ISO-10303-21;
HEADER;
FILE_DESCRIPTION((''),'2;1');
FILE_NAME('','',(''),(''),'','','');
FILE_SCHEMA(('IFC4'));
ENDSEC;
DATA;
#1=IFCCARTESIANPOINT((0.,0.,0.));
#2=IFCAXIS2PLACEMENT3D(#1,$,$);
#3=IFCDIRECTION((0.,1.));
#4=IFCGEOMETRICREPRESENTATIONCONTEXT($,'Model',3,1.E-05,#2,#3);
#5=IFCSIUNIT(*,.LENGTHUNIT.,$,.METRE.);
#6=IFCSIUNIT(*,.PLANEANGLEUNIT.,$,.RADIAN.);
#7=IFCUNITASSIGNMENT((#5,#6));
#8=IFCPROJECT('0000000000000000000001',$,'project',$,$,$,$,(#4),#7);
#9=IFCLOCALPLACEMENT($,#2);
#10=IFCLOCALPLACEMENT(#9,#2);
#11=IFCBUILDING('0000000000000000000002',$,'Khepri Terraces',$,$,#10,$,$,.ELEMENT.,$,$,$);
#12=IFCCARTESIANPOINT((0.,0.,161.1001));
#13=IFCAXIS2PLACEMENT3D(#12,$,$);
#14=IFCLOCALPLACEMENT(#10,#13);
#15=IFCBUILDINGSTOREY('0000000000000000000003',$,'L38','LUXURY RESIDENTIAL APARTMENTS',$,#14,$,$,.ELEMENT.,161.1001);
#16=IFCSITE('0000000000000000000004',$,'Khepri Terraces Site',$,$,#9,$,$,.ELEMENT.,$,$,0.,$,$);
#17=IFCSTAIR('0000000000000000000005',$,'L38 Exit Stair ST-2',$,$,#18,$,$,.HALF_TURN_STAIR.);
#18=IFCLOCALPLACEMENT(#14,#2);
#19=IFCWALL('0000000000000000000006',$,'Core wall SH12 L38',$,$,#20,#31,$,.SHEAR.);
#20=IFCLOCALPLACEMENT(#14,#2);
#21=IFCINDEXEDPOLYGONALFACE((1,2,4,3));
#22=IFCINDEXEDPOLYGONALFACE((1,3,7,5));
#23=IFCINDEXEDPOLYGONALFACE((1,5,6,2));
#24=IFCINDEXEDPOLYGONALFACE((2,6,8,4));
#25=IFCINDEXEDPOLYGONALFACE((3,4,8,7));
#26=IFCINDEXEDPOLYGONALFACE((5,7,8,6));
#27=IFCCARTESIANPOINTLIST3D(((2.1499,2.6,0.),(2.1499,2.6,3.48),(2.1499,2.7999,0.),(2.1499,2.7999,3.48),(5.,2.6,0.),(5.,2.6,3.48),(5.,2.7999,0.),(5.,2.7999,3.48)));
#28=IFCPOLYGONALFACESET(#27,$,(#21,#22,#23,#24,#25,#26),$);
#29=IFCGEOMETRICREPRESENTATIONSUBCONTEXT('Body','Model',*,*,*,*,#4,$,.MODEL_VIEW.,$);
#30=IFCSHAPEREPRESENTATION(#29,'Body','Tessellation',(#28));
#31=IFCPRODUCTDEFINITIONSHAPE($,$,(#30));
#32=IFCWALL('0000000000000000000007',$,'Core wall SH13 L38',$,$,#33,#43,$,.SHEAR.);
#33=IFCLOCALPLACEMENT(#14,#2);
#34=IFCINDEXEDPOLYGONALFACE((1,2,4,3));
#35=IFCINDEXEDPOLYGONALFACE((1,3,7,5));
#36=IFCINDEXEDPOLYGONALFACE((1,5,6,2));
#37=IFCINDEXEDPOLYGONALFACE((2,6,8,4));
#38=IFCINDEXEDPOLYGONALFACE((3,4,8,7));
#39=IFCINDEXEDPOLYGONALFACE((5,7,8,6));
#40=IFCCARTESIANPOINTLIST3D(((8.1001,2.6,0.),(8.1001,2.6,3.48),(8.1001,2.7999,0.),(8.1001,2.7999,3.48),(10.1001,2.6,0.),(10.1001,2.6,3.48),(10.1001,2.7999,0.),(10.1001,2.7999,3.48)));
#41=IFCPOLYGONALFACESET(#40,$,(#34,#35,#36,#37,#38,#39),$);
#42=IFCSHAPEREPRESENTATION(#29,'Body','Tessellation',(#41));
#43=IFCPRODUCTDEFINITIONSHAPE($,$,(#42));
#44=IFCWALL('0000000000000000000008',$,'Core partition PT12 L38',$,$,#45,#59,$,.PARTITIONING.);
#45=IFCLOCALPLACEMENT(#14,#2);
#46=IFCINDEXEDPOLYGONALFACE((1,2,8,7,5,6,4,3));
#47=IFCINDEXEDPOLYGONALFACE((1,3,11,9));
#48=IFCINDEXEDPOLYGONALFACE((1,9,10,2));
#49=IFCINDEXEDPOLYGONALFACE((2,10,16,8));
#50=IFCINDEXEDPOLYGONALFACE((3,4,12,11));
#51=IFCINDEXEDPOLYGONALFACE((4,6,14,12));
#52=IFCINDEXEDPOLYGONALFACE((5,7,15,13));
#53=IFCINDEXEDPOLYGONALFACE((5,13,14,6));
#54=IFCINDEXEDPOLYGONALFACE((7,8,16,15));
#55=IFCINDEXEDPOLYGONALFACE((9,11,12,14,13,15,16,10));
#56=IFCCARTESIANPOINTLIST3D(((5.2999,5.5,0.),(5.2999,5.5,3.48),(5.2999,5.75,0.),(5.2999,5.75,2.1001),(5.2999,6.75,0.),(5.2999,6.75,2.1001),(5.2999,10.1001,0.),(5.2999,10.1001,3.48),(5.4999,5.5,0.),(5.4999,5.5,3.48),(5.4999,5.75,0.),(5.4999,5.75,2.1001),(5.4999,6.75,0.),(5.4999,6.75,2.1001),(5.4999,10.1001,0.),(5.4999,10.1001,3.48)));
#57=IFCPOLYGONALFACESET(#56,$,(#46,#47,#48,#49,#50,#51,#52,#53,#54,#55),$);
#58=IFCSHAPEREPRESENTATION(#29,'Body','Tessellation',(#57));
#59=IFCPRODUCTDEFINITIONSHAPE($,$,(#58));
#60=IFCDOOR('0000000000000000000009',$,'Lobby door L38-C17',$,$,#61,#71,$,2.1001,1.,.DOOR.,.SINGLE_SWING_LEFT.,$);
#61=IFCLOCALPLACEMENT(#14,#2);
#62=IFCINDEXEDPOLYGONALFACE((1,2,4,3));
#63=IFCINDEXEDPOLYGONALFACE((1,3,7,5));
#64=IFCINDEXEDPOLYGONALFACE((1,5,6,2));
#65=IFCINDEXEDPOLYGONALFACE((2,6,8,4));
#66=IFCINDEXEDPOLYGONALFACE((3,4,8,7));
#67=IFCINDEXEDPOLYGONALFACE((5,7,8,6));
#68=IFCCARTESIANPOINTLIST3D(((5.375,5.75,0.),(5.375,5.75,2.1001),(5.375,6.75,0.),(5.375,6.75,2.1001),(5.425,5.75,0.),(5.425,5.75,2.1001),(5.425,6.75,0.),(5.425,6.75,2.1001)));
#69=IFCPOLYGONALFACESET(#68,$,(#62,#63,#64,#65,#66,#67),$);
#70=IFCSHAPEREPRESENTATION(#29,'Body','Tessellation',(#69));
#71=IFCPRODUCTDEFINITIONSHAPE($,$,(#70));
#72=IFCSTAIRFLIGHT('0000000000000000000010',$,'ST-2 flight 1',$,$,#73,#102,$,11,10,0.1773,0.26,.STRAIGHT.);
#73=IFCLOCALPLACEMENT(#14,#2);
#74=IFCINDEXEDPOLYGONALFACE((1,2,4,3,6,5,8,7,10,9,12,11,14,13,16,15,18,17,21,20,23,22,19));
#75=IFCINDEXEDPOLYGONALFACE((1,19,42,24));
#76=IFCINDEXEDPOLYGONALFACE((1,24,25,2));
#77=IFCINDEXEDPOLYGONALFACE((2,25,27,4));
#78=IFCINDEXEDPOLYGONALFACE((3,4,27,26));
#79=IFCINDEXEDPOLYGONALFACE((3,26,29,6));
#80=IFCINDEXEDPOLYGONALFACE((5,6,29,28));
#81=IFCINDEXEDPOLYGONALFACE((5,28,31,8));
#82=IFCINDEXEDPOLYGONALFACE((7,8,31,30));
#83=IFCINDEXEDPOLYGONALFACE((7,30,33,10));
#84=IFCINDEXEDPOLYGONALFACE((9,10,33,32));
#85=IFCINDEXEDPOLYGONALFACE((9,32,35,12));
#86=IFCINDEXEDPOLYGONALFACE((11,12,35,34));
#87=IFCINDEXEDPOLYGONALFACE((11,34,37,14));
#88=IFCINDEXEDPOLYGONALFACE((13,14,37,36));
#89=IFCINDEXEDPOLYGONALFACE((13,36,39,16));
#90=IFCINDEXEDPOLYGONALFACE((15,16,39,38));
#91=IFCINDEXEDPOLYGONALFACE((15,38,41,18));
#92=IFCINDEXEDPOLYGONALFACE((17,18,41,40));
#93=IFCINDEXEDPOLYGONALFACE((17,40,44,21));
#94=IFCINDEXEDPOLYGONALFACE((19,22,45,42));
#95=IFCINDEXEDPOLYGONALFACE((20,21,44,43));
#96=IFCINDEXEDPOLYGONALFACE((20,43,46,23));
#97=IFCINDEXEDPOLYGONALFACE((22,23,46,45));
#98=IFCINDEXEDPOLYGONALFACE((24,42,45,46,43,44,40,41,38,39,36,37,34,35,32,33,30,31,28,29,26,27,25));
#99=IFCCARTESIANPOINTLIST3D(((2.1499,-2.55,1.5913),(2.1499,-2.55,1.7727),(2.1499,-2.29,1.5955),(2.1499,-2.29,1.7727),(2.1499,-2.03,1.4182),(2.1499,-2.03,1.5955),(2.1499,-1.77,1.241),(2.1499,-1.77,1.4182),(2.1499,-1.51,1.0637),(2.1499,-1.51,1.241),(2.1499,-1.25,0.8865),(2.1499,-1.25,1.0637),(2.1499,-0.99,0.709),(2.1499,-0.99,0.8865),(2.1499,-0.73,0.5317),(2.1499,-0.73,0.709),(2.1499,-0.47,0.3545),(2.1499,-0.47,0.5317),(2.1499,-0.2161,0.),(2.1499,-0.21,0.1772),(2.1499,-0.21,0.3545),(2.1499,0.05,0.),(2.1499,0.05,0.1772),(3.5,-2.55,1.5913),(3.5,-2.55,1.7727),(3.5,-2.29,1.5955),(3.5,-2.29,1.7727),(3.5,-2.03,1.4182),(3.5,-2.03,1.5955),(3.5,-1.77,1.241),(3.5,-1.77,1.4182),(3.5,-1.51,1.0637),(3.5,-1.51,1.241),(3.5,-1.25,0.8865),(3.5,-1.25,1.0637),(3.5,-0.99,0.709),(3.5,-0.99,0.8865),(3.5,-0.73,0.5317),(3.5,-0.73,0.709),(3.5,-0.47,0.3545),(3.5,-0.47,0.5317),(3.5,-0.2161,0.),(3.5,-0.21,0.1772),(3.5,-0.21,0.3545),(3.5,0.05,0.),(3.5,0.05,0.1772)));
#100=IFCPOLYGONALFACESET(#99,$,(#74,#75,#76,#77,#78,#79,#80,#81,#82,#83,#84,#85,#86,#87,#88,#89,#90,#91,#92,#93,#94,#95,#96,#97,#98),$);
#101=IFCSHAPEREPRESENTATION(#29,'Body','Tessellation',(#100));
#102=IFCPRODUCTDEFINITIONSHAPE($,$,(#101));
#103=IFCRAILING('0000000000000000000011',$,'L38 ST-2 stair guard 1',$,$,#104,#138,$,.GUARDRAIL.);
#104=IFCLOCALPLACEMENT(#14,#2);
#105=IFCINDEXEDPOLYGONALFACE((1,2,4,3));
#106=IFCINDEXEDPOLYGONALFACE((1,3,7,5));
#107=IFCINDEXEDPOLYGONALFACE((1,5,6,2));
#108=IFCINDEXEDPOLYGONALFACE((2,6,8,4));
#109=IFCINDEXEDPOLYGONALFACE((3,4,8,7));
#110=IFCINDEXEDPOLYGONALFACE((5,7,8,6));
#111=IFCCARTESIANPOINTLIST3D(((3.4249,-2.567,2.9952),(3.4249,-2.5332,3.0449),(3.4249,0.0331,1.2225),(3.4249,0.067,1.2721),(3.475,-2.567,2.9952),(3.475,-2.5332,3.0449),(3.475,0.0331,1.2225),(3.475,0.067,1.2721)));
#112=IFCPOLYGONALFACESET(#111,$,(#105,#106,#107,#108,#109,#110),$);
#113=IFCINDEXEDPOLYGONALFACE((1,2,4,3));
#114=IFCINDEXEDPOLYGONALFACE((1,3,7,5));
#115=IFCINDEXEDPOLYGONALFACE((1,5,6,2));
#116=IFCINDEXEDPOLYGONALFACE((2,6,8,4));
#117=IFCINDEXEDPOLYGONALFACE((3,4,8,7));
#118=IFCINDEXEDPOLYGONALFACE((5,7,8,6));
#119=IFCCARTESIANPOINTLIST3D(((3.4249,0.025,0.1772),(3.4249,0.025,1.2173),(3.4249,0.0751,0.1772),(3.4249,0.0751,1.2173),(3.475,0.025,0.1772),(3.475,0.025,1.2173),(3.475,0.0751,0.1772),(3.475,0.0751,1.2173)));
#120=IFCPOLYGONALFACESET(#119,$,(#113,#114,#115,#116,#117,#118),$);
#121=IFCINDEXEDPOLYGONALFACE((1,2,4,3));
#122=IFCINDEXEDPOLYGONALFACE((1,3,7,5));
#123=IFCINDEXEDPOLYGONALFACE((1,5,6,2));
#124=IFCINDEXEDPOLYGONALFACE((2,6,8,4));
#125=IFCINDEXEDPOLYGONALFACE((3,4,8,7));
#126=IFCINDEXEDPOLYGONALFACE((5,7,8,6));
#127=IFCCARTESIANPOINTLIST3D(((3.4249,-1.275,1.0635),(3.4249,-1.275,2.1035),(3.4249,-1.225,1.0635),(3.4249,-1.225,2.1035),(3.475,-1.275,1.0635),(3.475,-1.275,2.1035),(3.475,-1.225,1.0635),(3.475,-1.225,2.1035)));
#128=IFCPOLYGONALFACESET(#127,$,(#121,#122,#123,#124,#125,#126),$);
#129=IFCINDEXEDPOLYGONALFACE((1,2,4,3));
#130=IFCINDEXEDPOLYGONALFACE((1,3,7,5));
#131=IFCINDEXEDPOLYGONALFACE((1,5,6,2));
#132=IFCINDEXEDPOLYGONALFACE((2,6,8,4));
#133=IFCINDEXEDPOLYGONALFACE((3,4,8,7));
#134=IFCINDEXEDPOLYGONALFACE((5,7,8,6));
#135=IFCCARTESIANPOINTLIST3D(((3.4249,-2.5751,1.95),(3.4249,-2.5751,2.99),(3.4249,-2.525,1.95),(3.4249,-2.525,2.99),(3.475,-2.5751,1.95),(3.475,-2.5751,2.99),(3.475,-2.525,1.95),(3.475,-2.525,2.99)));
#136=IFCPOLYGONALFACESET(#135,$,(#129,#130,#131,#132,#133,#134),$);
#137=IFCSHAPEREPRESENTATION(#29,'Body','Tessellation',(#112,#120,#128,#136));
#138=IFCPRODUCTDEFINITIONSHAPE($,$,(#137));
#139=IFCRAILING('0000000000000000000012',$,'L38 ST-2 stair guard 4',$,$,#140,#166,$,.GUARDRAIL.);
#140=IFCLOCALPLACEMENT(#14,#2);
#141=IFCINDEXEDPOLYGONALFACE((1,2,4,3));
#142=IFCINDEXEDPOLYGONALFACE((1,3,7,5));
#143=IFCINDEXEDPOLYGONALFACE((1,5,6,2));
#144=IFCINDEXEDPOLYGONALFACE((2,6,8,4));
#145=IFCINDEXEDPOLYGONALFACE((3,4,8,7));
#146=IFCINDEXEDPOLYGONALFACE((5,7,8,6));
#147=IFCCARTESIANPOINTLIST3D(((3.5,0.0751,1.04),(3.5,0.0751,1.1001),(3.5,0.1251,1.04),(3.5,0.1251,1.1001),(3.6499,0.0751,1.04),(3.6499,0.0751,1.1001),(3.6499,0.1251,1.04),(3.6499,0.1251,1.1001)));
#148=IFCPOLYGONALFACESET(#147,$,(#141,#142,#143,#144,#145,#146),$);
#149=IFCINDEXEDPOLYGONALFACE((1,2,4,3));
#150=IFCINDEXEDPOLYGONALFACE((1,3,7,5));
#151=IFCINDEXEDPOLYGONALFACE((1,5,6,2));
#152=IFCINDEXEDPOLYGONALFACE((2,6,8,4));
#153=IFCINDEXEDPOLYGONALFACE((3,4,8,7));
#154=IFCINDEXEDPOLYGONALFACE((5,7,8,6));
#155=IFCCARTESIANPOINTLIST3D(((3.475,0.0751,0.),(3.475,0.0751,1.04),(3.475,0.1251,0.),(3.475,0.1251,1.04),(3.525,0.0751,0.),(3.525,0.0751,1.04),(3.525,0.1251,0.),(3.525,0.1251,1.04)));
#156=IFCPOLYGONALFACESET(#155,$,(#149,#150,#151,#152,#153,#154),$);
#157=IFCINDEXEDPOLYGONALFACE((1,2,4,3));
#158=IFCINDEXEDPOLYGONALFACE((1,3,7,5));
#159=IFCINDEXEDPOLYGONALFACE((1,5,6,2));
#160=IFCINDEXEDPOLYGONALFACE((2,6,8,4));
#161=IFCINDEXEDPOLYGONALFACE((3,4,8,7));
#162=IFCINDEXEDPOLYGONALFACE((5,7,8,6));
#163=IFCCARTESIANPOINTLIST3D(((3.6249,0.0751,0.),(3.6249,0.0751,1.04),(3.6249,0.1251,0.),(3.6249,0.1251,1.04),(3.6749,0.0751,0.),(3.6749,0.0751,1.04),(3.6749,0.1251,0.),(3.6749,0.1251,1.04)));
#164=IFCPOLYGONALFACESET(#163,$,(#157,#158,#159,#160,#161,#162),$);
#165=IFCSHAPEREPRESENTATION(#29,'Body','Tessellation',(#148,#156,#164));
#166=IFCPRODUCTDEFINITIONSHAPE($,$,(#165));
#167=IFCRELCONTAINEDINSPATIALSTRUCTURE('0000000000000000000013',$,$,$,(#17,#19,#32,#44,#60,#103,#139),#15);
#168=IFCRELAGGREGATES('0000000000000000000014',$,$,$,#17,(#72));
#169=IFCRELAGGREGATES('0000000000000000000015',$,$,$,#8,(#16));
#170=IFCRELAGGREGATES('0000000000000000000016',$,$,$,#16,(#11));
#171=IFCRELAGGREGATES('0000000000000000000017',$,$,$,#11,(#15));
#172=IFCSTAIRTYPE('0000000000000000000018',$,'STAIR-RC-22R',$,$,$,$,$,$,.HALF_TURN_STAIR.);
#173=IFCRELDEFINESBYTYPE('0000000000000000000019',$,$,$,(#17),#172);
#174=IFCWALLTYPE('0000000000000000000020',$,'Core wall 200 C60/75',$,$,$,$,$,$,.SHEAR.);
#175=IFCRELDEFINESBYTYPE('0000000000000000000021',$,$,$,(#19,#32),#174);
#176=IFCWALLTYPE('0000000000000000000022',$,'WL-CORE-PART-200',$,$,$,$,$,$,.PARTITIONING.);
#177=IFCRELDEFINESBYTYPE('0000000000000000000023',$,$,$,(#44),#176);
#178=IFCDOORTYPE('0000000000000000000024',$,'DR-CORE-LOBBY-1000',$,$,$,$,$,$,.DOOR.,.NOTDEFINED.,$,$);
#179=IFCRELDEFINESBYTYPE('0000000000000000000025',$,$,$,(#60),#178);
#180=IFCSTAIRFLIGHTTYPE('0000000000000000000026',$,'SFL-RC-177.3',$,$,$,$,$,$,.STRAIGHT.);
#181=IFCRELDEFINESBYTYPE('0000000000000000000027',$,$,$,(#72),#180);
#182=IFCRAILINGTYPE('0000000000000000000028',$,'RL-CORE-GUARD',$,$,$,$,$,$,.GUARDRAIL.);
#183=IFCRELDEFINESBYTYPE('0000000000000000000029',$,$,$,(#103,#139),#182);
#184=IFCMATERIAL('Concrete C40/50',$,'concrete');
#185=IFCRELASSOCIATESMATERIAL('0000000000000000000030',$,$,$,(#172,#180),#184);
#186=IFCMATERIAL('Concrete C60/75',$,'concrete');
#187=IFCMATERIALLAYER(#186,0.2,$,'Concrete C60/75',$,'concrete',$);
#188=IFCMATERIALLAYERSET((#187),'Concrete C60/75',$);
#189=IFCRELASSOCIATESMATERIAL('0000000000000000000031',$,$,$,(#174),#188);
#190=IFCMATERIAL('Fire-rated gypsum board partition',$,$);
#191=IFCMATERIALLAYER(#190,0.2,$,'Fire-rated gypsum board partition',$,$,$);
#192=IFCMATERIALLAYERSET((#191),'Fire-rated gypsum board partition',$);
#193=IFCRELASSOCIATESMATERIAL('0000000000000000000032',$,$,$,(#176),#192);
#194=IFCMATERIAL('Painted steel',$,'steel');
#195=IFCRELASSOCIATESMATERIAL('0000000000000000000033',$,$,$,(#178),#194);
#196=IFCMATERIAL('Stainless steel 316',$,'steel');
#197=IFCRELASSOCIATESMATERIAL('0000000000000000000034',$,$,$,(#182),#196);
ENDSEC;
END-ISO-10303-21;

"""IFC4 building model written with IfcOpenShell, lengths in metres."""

from ifc_helpers import new_model, si_unit, direction, frame, frame_2d, origin, origin_2d, place, context, subcontext, project, spatial, polyline, rectangle, outline, extrude, material, layer, layer_set, type_object, element, fill, aggregate, save


model = new_model("IFC4")

# Units and contexts
model_context = context("Model", 3, precision=1e-05, world=origin(), true_north=direction((0.0, 1.0)))
body_context = subcontext(model_context, "Body", "Model", "MODEL_VIEW")
ifc_project = project(units=[si_unit("LENGTHUNIT", "METRE"), si_unit("PLANEANGLEUNIT", "RADIAN")], contexts=[model_context])

# Site, building, storey
site_placement = place(None, origin())
site = spatial("IfcSite", under=ifc_project, at=site_placement, Name="Khepri Terraces Site", CompositionType="ELEMENT", RefElevation=0.0)
building_placement = place(site_placement, origin())
building = spatial("IfcBuilding", under=site, at=building_placement, Name="Khepri Terraces", CompositionType="ELEMENT")
storey_placement = place(building_placement, frame((0.0, 0.0, 161.1001)))
storey = spatial("IfcBuildingStorey", under=building, at=storey_placement, Name="L38", Description="LUXURY RESIDENTIAL APARTMENTS", CompositionType="ELEMENT", Elevation=161.1001)

# Shared definitions
ifc_material_1 = material(Name="Concrete C40/50", Category="concrete")
stair_type = type_object("IfcStairType", Name="STAIR-RC-22R", PredefinedType="HALF_TURN_STAIR", material=ifc_material_1)

# Stair
stair_1_placement = place(storey_placement, origin())
stair_1 = element("IfcStair", 1, at=stair_1_placement, inside=storey, type_object=stair_type, Name="L38 Exit Stair ST-2", PredefinedType="HALF_TURN_STAIR")

# Shared definitions
ifc_material_2 = material(Name="Concrete C60/75", Category="concrete")
ifc_layer_1 = layer(ifc_material_2, 0.2, Name="Concrete C60/75", Category="concrete")
ifc_layer_set_1 = layer_set([ifc_layer_1], Name="Concrete C60/75")
wall_type_1 = type_object("IfcWallType", Name="Core wall 200 C60/75", PredefinedType="SHEAR", material=ifc_layer_set_1)

# Shared definitions
ifc_material_3 = material(Name="Painted steel", Category="steel")

# Walls
wall_1_placement = place(storey_placement, frame((2.1499, 2.7, 0.0), z_axis=(0.0, 0.0, 1.0), x_axis=(1.0, 0.0, 0.0)))
element("IfcWall", 2, at=wall_1_placement, inside=storey, type_object=wall_type_1, Name="Core wall SH12 L38", PredefinedType="SHEAR", context=body_context, shape_type="SweptSolid", body=[
    extrude(rectangle(XDim=2.8501, YDim=0.2, at=frame_2d((1.425, 0.0))), origin(), (0.0, 0.0, 1.0), 3.48),
])
wall_2_placement = place(storey_placement, frame((8.1001, 2.7, 0.0), z_axis=(0.0, 0.0, 1.0), x_axis=(1.0, 0.0, 0.0)))
element("IfcWall", 3, at=wall_2_placement, inside=storey, type_object=wall_type_1, Name="Core wall SH13 L38", PredefinedType="SHEAR", context=body_context, shape_type="SweptSolid", body=[
    extrude(rectangle(XDim=2.0, YDim=0.2, at=frame_2d((1.0, 0.0))), origin(), (0.0, 0.0, 1.0), 3.48),
])

# Wall, opening, door
ifc_material_4 = material(Name="Fire-rated gypsum board partition")
ifc_layer_2 = layer(ifc_material_4, 0.2, Name="Fire-rated gypsum board partition")
ifc_layer_set_2 = layer_set([ifc_layer_2], Name="Fire-rated gypsum board partition")
wall_type_2 = type_object("IfcWallType", Name="WL-CORE-PART-200", PredefinedType="PARTITIONING", material=ifc_layer_set_2)
wall_3_placement = place(storey_placement, frame((5.3999, 5.5, 0.0), z_axis=(0.0, 0.0, 1.0), x_axis=(0.0, 1.0, 0.0)))
wall_3 = element("IfcWall", 4, at=wall_3_placement, inside=storey, type_object=wall_type_2, Name="Core partition PT12 L38", PredefinedType="PARTITIONING", context=body_context, shape_type="SweptSolid", body=[
    extrude(rectangle(XDim=4.6001, YDim=0.2, at=frame_2d((2.3, 0.0))), origin(), (0.0, 0.0, 1.0), 3.48),
])
opening_1_placement = place(wall_3_placement, frame((0.25, 0.0, 0.0)))
opening_1 = element("IfcOpeningElement", 5, at=opening_1_placement, cuts=wall_3, PredefinedType="OPENING", context=body_context, shape_type="SweptSolid", body=[
    extrude(rectangle(XDim=1.0, YDim=2.1001, at=frame_2d((0.5, 1.05))), frame((0.0, 0.1099, 0.0), z_axis=(0.0, -1.0, 0.0), x_axis=(1.0, 0.0, 0.0)), (0.0, 0.0, 1.0), 0.22),
])
door_type_1 = type_object("IfcDoorType", Name="DR-CORE-LOBBY-1000", OperationType="NOTDEFINED", PredefinedType="DOOR", material=ifc_material_3)
door_1_placement = place(opening_1_placement, origin())
door_1 = element("IfcDoor", 6, at=door_1_placement, inside=storey, type_object=door_type_1, Name="Lobby door L38-C17", OperationType="SINGLE_SWING_LEFT", OverallHeight=2.1001, OverallWidth=1.0, PredefinedType="DOOR", context=body_context, shape_type="SweptSolid", body=[
    extrude(rectangle(XDim=1.0, YDim=2.1001, at=frame_2d((0.5, 1.05))), frame((0.0, 0.0249, 0.0), z_axis=(0.0, -1.0, 0.0), x_axis=(1.0, 0.0, 0.0)), (0.0, 0.0, 1.0), 0.05),
])
fill(opening_1, door_1)

# Stair flight
stair_flight_type = type_object("IfcStairFlightType", Name="SFL-RC-177.3", PredefinedType="STRAIGHT", material=ifc_material_1)
stair_flight_placement = place(storey_placement, frame((2.825, 0.05, 0.0), z_axis=(0.0, 0.0, 1.0), x_axis=(0.0, -1.0, 0.0)))
stair_flight = element("IfcStairFlight", 7, at=stair_flight_placement, type_object=stair_flight_type, Name="ST-2 flight 1", NumberOfRisers=11, NumberOfTreads=10, PredefinedType="STRAIGHT", RiserHeight=0.1773, TreadLength=0.26, context=body_context, shape_type="SweptSolid", body=[
    extrude(outline(polyline([(0.0, 0.0), (0.0, 0.1772), (0.26, 0.1772), (0.26, 0.3545), (0.52, 0.3545), (0.52, 0.5317), (0.78, 0.5317), (0.78, 0.709), (1.04, 0.709), (1.04, 0.8865), (1.3, 0.8865), (1.3, 1.0637), (1.5601, 1.0637), (1.5601, 1.241), (1.8201, 1.241), (1.8201, 1.4182), (2.0801, 1.4182), (2.0801, 1.5955), (2.3401, 1.5955), (2.3401, 1.7727), (2.6001, 1.7727), (2.6001, 1.95), (2.6001, 1.5913), (0.2661, 0.0), (0.0, 0.0)])), frame((0.0, 0.675, 0.0), z_axis=(0.0, -1.0, 0.0), x_axis=(1.0, 0.0, 0.0)), (0.0, 0.0, 1.0), 1.3501),
])
aggregate(stair_1, [stair_flight])

# Railings
ifc_material_5 = material(Name="Stainless steel 316", Category="steel")
railing_type_1 = type_object("IfcRailingType", Name="RL-CORE-GUARD", PredefinedType="GUARDRAIL", material=ifc_material_5)
railing_1_placement = place(storey_placement, frame((3.45, 0.05, 0.1772)))
element("IfcRailing", 8, at=railing_1_placement, inside=storey, type_object=railing_type_1, Name="L38 ST-2 stair guard 1", PredefinedType="GUARDRAIL", context=body_context, shape_type="SweptSolid", body=[
    extrude(rectangle(XDim=0.05, YDim=0.0601, at=origin_2d()), frame((0.0, 0.0, 1.0701), z_axis=(0.0, -0.82624, 0.563318), x_axis=(1.0, 0.0, 0.0)), (0.0, 0.0, 1.0), 3.147),
    extrude(rectangle(XDim=0.05, YDim=0.05, at=origin_2d()), origin(), (0.0, 0.0, 1.0), 1.04),
    extrude(rectangle(XDim=0.05, YDim=0.05, at=origin_2d()), frame((0.0, -1.3, 0.8862)), (0.0, 0.0, 1.0), 1.04),
    extrude(rectangle(XDim=0.05, YDim=0.05, at=origin_2d()), frame((0.0, -2.6001, 1.7727)), (0.0, 0.0, 1.0), 1.04),
])
railing_2_placement = place(storey_placement, frame((3.5, 0.1001, 0.0)))
element("IfcRailing", 9, at=railing_2_placement, inside=storey, type_object=railing_type_1, Name="L38 ST-2 stair guard 4", PredefinedType="GUARDRAIL", context=body_context, shape_type="SweptSolid", body=[
    extrude(rectangle(XDim=0.05, YDim=0.0601, at=origin_2d()), frame((0.0, 0.0, 1.0701), z_axis=(1.0, 0.0, 0.0), x_axis=(0.0, 1.0, 0.0)), (0.0, 0.0, 1.0), 0.1499),
    extrude(rectangle(XDim=0.05, YDim=0.05, at=origin_2d()), origin(), (0.0, 0.0, 1.0), 1.04),
    extrude(rectangle(XDim=0.05, YDim=0.05, at=origin_2d()), frame((0.1499, 0.0, 0.0)), (0.0, 0.0, 1.0), 1.04),
])

save(model, "model.ifc")
